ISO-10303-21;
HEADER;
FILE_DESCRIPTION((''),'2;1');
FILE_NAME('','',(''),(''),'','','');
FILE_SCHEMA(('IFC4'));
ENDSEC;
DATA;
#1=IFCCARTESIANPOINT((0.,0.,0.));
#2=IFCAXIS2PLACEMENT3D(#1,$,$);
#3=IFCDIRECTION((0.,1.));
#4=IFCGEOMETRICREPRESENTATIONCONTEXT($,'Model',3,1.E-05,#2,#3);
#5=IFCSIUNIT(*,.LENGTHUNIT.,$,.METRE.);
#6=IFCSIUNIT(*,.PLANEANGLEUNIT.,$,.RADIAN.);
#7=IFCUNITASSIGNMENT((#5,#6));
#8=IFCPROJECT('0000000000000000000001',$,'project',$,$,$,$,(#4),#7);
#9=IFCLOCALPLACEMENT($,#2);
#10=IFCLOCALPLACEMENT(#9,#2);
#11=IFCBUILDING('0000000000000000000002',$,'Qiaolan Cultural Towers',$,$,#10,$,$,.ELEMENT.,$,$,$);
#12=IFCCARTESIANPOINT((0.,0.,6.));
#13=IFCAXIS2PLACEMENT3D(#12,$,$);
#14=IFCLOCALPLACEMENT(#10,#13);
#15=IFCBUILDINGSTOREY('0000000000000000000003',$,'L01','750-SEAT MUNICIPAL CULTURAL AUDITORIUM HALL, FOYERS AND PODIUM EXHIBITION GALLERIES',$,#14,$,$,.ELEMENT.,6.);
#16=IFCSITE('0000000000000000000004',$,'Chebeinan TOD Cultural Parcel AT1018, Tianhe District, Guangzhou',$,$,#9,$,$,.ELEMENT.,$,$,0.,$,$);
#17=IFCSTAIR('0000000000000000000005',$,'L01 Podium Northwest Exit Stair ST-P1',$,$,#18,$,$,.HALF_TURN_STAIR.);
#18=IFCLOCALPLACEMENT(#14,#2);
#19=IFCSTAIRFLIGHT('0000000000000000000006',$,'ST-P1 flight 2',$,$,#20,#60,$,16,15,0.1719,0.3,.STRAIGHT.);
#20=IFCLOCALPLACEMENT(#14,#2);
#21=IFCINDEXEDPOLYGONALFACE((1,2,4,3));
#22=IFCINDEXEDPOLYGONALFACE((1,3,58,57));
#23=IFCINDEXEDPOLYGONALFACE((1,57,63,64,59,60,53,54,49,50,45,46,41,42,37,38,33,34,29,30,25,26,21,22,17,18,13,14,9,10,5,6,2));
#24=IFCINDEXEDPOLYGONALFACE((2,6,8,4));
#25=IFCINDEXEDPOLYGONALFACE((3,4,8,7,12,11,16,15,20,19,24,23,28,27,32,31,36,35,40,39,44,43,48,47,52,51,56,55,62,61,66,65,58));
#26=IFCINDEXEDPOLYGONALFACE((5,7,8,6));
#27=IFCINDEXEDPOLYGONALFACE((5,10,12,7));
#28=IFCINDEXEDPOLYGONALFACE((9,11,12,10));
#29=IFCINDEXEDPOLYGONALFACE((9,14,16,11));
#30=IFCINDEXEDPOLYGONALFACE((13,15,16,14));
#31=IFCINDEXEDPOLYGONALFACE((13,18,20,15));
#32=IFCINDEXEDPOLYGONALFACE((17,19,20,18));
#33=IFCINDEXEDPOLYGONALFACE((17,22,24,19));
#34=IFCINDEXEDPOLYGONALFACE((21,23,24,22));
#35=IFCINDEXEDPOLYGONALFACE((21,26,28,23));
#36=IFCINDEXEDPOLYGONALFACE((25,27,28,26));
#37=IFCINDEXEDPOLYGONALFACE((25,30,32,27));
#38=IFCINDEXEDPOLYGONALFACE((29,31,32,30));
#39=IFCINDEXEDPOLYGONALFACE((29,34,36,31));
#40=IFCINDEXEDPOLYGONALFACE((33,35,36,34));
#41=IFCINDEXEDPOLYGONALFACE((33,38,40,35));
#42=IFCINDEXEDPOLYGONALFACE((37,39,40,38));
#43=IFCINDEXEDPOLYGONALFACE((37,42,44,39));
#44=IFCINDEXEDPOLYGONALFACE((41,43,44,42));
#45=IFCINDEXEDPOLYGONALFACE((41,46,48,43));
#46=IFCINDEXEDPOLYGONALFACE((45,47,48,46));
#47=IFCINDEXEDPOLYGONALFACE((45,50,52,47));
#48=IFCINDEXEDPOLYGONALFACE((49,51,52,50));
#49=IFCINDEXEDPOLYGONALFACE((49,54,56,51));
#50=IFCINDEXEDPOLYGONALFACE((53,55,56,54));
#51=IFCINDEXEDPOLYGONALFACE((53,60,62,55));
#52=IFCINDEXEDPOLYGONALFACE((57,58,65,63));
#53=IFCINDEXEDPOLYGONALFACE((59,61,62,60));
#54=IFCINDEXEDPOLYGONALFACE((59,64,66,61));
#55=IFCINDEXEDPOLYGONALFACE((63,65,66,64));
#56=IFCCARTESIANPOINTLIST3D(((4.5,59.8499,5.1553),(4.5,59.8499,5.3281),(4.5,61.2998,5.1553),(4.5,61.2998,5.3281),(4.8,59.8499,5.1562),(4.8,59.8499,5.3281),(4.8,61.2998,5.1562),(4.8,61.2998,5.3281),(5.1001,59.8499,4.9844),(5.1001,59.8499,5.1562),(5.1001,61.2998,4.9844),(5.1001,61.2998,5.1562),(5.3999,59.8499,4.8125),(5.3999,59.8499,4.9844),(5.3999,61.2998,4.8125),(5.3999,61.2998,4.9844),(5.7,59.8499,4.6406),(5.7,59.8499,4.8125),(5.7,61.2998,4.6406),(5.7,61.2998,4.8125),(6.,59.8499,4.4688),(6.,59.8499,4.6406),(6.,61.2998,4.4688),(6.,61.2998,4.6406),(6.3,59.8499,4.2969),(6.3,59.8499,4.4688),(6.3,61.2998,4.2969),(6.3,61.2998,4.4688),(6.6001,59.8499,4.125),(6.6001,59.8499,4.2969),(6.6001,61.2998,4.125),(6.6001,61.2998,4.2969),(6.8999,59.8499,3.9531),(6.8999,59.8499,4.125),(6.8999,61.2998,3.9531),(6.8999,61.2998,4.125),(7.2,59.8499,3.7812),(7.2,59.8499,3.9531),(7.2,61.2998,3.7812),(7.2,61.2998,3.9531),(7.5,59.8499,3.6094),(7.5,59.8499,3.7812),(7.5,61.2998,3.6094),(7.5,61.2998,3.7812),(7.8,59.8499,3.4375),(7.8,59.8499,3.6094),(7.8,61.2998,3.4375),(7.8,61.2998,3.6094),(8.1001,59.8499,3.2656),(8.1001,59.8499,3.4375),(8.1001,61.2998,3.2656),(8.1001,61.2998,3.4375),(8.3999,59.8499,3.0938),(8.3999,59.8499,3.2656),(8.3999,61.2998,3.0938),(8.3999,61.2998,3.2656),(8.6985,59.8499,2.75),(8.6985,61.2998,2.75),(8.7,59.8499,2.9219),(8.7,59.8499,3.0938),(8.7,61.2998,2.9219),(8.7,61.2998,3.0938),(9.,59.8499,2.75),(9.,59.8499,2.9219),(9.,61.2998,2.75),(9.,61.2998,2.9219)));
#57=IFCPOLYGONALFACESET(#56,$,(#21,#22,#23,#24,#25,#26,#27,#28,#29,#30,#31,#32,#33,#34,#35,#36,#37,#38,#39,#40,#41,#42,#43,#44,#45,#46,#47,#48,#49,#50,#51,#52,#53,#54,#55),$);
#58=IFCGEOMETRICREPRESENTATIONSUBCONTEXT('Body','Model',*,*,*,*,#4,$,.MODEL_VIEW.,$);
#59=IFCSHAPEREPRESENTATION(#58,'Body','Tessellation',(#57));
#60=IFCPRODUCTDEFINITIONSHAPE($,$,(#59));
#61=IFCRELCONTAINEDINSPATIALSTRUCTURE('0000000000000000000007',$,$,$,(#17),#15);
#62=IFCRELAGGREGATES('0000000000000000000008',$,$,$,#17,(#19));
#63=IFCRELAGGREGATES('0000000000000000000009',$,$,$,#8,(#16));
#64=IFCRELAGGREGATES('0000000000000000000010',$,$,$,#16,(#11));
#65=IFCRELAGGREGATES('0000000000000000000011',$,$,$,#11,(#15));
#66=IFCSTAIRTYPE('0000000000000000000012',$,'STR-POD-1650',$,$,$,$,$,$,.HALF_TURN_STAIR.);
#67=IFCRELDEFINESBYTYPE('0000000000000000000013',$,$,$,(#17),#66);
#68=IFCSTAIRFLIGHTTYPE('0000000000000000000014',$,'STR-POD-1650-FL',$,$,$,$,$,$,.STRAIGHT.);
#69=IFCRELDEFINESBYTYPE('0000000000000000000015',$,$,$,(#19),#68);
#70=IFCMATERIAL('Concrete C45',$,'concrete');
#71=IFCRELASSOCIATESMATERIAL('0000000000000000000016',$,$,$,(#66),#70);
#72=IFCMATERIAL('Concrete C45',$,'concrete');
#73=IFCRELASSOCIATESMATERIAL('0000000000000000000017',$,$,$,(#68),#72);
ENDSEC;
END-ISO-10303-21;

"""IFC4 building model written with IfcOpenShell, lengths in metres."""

from ifc_helpers import new_model, si_unit, direction, frame, origin, place, context, subcontext, project, spatial, polyline, outline, extrude, material, type_object, element, aggregate, save


model = new_model("IFC4")

# Units and contexts
model_context = context("Model", 3, precision=1e-05, world=origin(), true_north=direction((0.0, 1.0)))
body_context = subcontext(model_context, "Body", "Model", "MODEL_VIEW")
ifc_project = project(units=[si_unit("LENGTHUNIT", "METRE"), si_unit("PLANEANGLEUNIT", "RADIAN")], contexts=[model_context])

# Site, building, storey
site_placement = place(None, origin())
site = spatial("IfcSite", under=ifc_project, at=site_placement, Name="Chebeinan TOD Cultural Parcel AT1018, Tianhe District, Guangzhou", CompositionType="ELEMENT", RefElevation=0.0)
building_placement = place(site_placement, origin())
building = spatial("IfcBuilding", under=site, at=building_placement, Name="Qiaolan Cultural Towers", CompositionType="ELEMENT")
storey_placement = place(building_placement, frame((0.0, 0.0, 6.0)))
storey = spatial("IfcBuildingStorey", under=building, at=storey_placement, Name="L01", Description="750-SEAT MUNICIPAL CULTURAL AUDITORIUM HALL, FOYERS AND PODIUM EXHIBITION GALLERIES", CompositionType="ELEMENT", Elevation=6.0)

# Stair, stair flight
ifc_material_1 = material(Name="Concrete C45", Category="concrete")
stair_type = type_object("IfcStairType", Name="STR-POD-1650", PredefinedType="HALF_TURN_STAIR", material=ifc_material_1)
stair_placement = place(storey_placement, origin())
stair = element("IfcStair", 1, at=stair_placement, inside=storey, type_object=stair_type, Name="L01 Podium Northwest Exit Stair ST-P1", PredefinedType="HALF_TURN_STAIR")
ifc_material_2 = material(Name="Concrete C45", Category="concrete")
stair_flight_type = type_object("IfcStairFlightType", Name="STR-POD-1650-FL", PredefinedType="STRAIGHT", material=ifc_material_2)
stair_flight_1_placement = place(storey_placement, frame((9.0, 60.575, 2.75), z_axis=(0.0, 0.0, 1.0), x_axis=(-1.0, 0.0, 0.0)))
stair_flight_1 = element("IfcStairFlight", 2, at=stair_flight_1_placement, type_object=stair_flight_type, Name="ST-P1 flight 2", NumberOfRisers=16, NumberOfTreads=15, PredefinedType="STRAIGHT", RiserHeight=0.1719, TreadLength=0.3, context=body_context, shape_type="SweptSolid", body=[
    extrude(outline(polyline([(0.0, 0.0), (0.0, 0.1719), (0.3, 0.1719), (0.3, 0.3438), (0.6001, 0.3438), (0.6001, 0.5156), (0.8999, 0.5156), (0.8999, 0.6875), (1.2, 0.6875), (1.2, 0.8594), (1.5, 0.8594), (1.5, 1.0312), (1.8, 1.0312), (1.8, 1.2031), (2.1001, 1.2031), (2.1001, 1.375), (2.3999, 1.375), (2.3999, 1.5469), (2.7, 1.5469), (2.7, 1.7188), (3.0, 1.7188), (3.0, 1.8906), (3.3, 1.8906), (3.3, 2.0625), (3.6001, 2.0625), (3.6001, 2.2344), (3.8999, 2.2344), (3.8999, 2.4062), (4.2, 2.4062), (4.2, 2.5781), (4.5, 2.5781), (4.5, 2.75), (4.5, 2.4053), (0.3015, 0.0), (0.0, 0.0)])), frame((0.0, 0.7251, 0.0), z_axis=(0.0, -1.0, 0.0), x_axis=(1.0, 0.0, 0.0)), (0.0, 0.0, 1.0), 1.45),
])
aggregate(stair, [stair_flight_1])

save(model, "model.ifc")
